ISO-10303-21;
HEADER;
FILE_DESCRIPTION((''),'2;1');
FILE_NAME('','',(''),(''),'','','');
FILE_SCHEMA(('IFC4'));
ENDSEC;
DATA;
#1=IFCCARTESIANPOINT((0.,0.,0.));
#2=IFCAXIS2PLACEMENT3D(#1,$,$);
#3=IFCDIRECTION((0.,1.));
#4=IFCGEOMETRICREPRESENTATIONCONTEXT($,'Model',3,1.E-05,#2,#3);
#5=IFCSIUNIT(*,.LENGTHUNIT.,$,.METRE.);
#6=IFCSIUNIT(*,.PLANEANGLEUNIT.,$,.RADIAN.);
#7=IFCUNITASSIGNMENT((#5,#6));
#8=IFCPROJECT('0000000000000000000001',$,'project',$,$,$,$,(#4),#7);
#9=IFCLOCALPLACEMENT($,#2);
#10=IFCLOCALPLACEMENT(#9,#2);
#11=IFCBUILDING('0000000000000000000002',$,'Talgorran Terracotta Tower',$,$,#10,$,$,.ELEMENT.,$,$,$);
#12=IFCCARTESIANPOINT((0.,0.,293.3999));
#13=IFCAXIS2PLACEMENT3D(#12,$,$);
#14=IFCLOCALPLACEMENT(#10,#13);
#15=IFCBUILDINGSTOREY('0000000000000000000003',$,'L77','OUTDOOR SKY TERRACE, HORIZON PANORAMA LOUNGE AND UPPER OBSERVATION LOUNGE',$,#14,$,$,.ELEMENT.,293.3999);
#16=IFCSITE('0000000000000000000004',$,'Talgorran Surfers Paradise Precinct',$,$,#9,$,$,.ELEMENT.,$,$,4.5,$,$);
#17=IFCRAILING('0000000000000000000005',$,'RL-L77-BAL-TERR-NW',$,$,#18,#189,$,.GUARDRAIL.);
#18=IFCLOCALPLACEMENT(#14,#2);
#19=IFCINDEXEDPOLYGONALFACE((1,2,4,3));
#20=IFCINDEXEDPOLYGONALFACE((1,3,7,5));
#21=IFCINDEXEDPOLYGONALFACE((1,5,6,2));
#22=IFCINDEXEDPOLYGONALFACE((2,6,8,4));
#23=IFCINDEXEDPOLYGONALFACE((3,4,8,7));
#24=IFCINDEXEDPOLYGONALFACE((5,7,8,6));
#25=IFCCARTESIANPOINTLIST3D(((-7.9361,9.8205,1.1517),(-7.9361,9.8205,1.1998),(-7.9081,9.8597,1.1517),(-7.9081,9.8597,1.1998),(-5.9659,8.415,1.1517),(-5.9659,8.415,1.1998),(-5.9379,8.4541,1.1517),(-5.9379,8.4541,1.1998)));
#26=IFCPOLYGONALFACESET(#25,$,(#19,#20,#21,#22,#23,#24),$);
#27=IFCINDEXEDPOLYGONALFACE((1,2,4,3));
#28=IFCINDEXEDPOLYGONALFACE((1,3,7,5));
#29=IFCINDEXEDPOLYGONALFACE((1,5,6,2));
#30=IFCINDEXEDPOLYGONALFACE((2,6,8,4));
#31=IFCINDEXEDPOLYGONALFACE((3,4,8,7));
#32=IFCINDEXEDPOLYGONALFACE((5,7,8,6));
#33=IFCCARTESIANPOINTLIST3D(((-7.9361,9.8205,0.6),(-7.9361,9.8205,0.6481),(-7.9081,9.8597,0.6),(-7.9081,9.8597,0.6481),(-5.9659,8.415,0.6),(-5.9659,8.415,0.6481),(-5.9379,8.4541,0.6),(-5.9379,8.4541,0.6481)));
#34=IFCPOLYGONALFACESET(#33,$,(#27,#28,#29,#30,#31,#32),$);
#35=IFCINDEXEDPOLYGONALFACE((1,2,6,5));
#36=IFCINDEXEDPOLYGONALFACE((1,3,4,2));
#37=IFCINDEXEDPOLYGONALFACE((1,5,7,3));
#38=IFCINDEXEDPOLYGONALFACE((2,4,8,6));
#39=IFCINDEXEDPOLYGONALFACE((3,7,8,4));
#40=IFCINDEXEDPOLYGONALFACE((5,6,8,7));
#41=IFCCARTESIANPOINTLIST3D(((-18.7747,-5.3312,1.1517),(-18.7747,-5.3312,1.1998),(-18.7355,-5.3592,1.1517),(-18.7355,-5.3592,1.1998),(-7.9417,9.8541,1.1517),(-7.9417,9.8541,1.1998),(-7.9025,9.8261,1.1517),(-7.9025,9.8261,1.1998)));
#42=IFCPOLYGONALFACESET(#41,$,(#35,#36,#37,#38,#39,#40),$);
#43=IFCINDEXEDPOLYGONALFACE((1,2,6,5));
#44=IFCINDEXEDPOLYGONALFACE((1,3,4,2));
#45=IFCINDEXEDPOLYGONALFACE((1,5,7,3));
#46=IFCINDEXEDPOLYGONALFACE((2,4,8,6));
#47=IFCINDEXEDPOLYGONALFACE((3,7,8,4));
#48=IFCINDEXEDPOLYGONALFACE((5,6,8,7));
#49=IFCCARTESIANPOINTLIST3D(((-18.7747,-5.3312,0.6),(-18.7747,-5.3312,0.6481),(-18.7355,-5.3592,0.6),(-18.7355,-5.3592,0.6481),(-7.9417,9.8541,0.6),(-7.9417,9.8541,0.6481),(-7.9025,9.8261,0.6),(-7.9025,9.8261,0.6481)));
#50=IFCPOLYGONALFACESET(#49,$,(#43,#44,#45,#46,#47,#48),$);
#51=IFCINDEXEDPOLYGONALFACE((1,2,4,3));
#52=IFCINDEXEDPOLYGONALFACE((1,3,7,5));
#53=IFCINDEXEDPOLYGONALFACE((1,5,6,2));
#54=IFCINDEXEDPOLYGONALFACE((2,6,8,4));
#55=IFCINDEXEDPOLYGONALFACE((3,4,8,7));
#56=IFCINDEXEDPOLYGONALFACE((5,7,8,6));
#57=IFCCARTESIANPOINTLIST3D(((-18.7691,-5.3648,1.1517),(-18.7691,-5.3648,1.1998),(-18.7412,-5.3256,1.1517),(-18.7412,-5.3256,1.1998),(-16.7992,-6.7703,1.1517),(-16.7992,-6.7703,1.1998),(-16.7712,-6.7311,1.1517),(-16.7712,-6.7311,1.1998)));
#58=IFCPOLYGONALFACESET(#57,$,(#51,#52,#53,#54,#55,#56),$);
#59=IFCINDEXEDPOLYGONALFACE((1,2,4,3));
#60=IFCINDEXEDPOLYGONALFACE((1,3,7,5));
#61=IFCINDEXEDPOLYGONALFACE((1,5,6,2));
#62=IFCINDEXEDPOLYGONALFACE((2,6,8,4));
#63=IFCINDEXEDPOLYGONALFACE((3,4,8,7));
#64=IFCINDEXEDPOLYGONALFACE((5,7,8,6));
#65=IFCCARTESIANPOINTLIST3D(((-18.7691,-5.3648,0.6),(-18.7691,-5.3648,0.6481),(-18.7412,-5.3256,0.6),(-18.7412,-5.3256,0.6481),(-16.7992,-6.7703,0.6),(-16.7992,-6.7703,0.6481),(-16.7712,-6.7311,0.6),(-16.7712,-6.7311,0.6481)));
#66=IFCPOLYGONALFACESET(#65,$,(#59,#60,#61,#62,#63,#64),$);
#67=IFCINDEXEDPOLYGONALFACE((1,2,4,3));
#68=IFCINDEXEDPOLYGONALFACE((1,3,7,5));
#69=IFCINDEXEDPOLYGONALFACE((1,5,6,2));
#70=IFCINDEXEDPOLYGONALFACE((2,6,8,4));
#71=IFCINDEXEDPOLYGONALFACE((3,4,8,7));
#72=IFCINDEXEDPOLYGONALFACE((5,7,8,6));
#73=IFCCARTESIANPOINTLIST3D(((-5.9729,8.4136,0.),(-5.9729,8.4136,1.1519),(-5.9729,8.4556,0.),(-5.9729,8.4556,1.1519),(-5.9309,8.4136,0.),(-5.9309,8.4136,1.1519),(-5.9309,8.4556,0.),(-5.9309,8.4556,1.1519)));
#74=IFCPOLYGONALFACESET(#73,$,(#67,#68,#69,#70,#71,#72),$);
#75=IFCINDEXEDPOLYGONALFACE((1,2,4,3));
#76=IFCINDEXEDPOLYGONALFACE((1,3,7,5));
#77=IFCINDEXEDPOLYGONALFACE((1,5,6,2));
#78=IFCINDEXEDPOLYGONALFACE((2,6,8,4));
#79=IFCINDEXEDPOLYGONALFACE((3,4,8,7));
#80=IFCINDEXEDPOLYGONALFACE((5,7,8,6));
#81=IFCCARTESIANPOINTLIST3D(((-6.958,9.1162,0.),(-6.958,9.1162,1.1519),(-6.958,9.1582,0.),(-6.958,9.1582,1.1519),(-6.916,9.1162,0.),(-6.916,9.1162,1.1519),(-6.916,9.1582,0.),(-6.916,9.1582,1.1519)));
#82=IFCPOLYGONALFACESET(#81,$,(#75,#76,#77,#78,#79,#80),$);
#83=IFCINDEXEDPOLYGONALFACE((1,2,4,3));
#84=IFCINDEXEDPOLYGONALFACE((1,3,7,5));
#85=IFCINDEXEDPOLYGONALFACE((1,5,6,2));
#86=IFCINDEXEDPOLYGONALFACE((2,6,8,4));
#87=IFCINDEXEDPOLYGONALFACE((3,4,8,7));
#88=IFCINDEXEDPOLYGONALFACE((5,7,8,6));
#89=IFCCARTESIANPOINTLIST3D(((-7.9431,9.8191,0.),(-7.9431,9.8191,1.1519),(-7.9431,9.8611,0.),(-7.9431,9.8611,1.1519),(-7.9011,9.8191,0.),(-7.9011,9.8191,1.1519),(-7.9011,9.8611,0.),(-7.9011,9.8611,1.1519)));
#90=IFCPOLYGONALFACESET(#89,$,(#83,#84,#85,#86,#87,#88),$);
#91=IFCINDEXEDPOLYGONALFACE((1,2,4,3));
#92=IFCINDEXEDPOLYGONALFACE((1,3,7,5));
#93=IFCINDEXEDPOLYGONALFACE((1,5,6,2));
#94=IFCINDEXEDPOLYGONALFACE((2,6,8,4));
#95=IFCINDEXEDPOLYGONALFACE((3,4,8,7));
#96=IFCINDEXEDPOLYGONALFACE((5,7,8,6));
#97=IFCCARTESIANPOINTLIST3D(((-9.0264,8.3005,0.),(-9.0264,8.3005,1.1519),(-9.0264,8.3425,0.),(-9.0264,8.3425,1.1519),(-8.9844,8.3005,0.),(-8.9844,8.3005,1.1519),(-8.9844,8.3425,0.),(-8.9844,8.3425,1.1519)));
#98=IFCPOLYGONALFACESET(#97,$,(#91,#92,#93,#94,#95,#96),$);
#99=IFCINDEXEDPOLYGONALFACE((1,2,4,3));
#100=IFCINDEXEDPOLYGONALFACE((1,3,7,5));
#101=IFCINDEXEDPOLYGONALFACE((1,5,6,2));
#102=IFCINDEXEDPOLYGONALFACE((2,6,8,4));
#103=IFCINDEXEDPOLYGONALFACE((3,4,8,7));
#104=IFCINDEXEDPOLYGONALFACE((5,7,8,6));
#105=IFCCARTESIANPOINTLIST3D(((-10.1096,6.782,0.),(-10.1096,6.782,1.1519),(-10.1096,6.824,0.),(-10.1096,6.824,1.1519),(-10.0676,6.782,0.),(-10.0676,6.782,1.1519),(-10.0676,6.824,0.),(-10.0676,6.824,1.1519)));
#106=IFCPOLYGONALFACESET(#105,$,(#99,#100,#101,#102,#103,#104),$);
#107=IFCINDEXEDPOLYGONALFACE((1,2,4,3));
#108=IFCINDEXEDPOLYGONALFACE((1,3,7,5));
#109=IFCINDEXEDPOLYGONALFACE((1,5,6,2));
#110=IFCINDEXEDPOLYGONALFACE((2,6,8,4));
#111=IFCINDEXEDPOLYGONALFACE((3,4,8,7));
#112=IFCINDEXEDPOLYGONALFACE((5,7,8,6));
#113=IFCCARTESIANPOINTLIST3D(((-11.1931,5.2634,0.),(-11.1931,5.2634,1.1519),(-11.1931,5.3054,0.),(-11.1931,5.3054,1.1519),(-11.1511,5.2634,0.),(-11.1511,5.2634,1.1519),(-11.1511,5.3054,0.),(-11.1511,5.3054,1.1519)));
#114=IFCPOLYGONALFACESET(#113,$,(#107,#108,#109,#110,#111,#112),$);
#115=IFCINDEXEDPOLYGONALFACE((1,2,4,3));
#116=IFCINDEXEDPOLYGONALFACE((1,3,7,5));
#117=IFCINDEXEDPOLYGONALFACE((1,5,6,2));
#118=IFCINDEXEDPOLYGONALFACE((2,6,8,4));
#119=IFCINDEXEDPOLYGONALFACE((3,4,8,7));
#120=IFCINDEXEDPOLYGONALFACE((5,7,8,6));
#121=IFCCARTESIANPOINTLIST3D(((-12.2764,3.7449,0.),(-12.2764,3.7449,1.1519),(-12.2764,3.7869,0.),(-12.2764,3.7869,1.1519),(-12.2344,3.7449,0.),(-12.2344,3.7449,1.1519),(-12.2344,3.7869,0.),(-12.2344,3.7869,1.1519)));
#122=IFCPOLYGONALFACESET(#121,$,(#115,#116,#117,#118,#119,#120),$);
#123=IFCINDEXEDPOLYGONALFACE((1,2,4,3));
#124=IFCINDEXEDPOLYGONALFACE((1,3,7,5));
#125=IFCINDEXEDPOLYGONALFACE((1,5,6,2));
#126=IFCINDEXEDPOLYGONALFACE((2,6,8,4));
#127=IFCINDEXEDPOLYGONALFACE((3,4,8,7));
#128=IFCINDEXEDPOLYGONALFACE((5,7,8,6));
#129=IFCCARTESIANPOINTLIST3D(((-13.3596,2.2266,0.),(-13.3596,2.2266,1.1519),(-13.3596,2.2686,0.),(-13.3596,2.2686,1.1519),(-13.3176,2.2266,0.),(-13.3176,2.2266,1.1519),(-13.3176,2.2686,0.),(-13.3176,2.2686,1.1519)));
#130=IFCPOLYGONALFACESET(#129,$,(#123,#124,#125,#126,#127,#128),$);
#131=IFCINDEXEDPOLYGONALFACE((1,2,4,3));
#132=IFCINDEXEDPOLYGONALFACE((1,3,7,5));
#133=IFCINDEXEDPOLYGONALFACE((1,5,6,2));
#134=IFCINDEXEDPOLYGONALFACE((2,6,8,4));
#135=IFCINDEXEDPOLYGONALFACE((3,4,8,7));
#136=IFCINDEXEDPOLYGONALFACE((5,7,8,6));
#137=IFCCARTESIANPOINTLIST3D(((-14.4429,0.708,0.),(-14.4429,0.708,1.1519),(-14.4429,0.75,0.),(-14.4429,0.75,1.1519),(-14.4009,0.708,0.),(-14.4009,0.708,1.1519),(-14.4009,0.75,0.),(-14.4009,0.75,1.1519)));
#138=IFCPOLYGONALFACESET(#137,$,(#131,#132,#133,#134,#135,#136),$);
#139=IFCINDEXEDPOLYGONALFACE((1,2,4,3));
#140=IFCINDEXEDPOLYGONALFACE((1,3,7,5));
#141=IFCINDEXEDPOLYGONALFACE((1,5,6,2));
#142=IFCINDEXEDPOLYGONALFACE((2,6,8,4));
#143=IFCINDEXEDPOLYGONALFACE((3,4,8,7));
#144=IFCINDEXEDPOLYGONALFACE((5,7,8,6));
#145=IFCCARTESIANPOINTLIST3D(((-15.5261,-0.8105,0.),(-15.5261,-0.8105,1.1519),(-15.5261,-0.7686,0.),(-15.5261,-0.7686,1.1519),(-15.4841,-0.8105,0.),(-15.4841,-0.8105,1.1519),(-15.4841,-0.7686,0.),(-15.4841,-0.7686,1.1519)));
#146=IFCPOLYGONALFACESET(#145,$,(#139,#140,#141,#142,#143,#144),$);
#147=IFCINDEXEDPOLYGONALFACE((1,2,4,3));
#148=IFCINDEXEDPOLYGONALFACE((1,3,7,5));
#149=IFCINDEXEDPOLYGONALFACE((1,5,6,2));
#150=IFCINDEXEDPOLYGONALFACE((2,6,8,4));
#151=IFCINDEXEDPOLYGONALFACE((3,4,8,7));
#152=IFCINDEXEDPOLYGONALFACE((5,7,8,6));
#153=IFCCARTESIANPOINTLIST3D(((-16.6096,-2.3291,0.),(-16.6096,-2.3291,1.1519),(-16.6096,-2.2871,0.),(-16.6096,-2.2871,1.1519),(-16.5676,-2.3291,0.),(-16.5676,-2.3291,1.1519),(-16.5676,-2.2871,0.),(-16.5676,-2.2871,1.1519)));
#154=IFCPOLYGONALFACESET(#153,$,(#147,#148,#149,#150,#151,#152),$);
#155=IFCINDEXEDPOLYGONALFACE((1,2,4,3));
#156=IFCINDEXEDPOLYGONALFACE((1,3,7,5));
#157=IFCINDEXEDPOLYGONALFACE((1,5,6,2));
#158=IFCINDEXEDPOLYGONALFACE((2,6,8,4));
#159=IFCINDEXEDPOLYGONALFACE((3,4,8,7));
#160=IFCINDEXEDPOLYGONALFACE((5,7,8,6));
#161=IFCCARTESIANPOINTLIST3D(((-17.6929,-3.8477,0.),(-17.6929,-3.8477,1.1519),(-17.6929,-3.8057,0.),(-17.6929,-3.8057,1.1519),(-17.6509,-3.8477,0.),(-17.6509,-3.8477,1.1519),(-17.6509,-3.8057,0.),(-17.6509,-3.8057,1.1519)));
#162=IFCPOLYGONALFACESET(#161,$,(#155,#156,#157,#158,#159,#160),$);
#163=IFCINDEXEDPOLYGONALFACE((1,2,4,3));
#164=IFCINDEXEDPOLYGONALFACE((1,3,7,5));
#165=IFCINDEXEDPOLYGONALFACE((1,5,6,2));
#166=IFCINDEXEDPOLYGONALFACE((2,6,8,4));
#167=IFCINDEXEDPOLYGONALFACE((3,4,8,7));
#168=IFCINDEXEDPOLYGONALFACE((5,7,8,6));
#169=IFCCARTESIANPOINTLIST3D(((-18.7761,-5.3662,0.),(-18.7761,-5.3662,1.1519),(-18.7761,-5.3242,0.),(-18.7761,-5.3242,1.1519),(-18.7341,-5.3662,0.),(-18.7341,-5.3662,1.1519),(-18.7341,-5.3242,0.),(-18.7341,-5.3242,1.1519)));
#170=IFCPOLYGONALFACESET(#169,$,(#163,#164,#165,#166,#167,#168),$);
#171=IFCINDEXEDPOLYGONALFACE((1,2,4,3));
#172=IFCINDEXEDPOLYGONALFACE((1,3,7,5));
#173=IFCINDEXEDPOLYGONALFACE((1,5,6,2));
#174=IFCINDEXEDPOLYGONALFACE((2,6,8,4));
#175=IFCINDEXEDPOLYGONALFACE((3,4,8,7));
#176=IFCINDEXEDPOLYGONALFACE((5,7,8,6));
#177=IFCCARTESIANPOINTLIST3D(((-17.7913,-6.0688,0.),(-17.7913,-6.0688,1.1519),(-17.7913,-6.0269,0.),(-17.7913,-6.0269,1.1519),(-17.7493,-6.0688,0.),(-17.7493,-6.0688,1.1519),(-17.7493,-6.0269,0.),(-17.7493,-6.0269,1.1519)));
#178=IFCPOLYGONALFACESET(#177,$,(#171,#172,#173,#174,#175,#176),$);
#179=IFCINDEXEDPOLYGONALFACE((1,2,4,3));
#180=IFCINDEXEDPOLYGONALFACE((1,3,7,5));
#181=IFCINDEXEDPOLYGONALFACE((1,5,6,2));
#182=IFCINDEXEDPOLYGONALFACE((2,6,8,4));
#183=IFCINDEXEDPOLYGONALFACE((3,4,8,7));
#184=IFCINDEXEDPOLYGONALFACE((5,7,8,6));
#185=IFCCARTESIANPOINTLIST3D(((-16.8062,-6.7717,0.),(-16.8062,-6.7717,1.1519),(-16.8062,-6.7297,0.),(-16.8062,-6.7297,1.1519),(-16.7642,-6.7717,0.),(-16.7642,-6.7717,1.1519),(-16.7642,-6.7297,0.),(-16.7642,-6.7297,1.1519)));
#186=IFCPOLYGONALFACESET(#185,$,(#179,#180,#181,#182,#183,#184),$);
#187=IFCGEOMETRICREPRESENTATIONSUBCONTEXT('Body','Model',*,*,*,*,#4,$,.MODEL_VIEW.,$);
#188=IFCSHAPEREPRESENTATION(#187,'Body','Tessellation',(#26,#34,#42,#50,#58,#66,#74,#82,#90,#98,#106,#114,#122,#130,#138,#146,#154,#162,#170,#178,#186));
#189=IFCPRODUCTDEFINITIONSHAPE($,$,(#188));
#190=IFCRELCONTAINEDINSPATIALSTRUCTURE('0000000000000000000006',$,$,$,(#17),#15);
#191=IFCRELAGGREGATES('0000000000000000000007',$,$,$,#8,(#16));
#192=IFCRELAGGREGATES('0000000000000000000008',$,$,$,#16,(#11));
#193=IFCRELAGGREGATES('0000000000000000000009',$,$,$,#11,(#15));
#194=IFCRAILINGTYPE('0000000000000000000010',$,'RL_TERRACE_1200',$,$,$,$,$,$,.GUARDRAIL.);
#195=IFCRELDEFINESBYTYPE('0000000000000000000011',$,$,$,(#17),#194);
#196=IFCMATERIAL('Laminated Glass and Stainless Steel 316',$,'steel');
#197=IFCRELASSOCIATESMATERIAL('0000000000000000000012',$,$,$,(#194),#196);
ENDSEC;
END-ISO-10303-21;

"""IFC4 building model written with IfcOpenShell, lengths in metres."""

from ifc_helpers import new_model, si_unit, direction, frame, origin, origin_2d, place, context, subcontext, project, spatial, rectangle, extrude, material, type_object, element, save


model = new_model("IFC4")

# Units and contexts
model_context = context("Model", 3, precision=1e-05, world=origin(), true_north=direction((0.0, 1.0)))
body_context = subcontext(model_context, "Body", "Model", "MODEL_VIEW")
ifc_project = project(units=[si_unit("LENGTHUNIT", "METRE"), si_unit("PLANEANGLEUNIT", "RADIAN")], contexts=[model_context])

# Site, building, storey
site_placement = place(None, origin())
site = spatial("IfcSite", under=ifc_project, at=site_placement, Name="Talgorran Surfers Paradise Precinct", CompositionType="ELEMENT", RefElevation=4.5)
building_placement = place(site_placement, origin())
building = spatial("IfcBuilding", under=site, at=building_placement, Name="Talgorran Terracotta Tower", CompositionType="ELEMENT")
storey_placement = place(building_placement, frame((0.0, 0.0, 293.3999)))
storey = spatial("IfcBuildingStorey", under=building, at=storey_placement, Name="L77", Description="OUTDOOR SKY TERRACE, HORIZON PANORAMA LOUNGE AND UPPER OBSERVATION LOUNGE", CompositionType="ELEMENT", Elevation=293.3999)

# Railing
ifc_material_1 = material(Name="Laminated Glass and Stainless Steel 316", Category="steel")
railing_type = type_object("IfcRailingType", Name="RL_TERRACE_1200", PredefinedType="GUARDRAIL", material=ifc_material_1)
railing_placement = place(storey_placement, frame((-5.9519, 8.4346, 0.0)))
element("IfcRailing", 1, at=railing_placement, inside=storey, type_object=railing_type, Name="RL-L77-BAL-TERR-NW", PredefinedType="GUARDRAIL", context=body_context, shape_type="SweptSolid", body=[
    extrude(rectangle(XDim=0.0481, YDim=0.0481, at=origin_2d()), frame((0.0, 0.0, 1.1758), z_axis=(-0.814081, 0.580751, 0.0), x_axis=(-0.580751, -0.814081, 0.0)), (0.0, 0.0, 1.0), 2.4202),
    extrude(rectangle(XDim=0.0481, YDim=0.0481, at=origin_2d()), frame((0.0, 0.0, 0.624), z_axis=(-0.814081, 0.580751, 0.0), x_axis=(-0.580751, -0.814081, 0.0)), (0.0, 0.0, 1.0), 2.4202),
    extrude(rectangle(XDim=0.0481, YDim=0.0481, at=origin_2d()), frame((-1.9702, 1.4055, 1.1758), z_axis=(-0.580754, -0.814079, 0.0), x_axis=(0.814079, -0.580754, 0.0)), (0.0, 0.0, 1.0), 18.6533),
    extrude(rectangle(XDim=0.0481, YDim=0.0481, at=origin_2d()), frame((-1.9702, 1.4055, 0.624), z_axis=(-0.580754, -0.814079, 0.0), x_axis=(0.814079, -0.580754, 0.0)), (0.0, 0.0, 1.0), 18.6533),
    extrude(rectangle(XDim=0.0481, YDim=0.0481, at=origin_2d()), frame((-12.8032, -13.7798, 1.1758), z_axis=(0.814047, -0.580799, 0.0), x_axis=(0.580799, 0.814047, 0.0)), (0.0, 0.0, 1.0), 2.4199),
    extrude(rectangle(XDim=0.0481, YDim=0.0481, at=origin_2d()), frame((-12.8032, -13.7798, 0.624), z_axis=(0.814047, -0.580799, 0.0), x_axis=(0.580799, 0.814047, 0.0)), (0.0, 0.0, 1.0), 2.4199),
    extrude(rectangle(XDim=0.042, YDim=0.042, at=origin_2d()), origin(), (0.0, 0.0, 1.0), 1.1519),
    extrude(rectangle(XDim=0.042, YDim=0.042, at=origin_2d()), frame((-0.9851, 0.7026, 0.0)), (0.0, 0.0, 1.0), 1.1519),
    extrude(rectangle(XDim=0.042, YDim=0.042, at=origin_2d()), frame((-1.9702, 1.4055, 0.0)), (0.0, 0.0, 1.0), 1.1519),
    extrude(rectangle(XDim=0.042, YDim=0.042, at=origin_2d()), frame((-3.0535, -0.113, 0.0)), (0.0, 0.0, 1.0), 1.1519),
    extrude(rectangle(XDim=0.042, YDim=0.042, at=origin_2d()), frame((-4.1367, -1.6316, 0.0)), (0.0, 0.0, 1.0), 1.1519),
    extrude(rectangle(XDim=0.042, YDim=0.042, at=origin_2d()), frame((-5.2202, -3.1501, 0.0)), (0.0, 0.0, 1.0), 1.1519),
    extrude(rectangle(XDim=0.042, YDim=0.042, at=origin_2d()), frame((-6.3035, -4.6687, 0.0)), (0.0, 0.0, 1.0), 1.1519),
    extrude(rectangle(XDim=0.042, YDim=0.042, at=origin_2d()), frame((-7.3867, -6.187, 0.0)), (0.0, 0.0, 1.0), 1.1519),
    extrude(rectangle(XDim=0.042, YDim=0.042, at=origin_2d()), frame((-8.47, -7.7056, 0.0)), (0.0, 0.0, 1.0), 1.1519),
    extrude(rectangle(XDim=0.042, YDim=0.042, at=origin_2d()), frame((-9.5532, -9.2241, 0.0)), (0.0, 0.0, 1.0), 1.1519),
    extrude(rectangle(XDim=0.042, YDim=0.042, at=origin_2d()), frame((-10.6367, -10.7427, 0.0)), (0.0, 0.0, 1.0), 1.1519),
    extrude(rectangle(XDim=0.042, YDim=0.042, at=origin_2d()), frame((-11.72, -12.2612, 0.0)), (0.0, 0.0, 1.0), 1.1519),
    extrude(rectangle(XDim=0.042, YDim=0.042, at=origin_2d()), frame((-12.8032, -13.7798, 0.0)), (0.0, 0.0, 1.0), 1.1519),
    extrude(rectangle(XDim=0.042, YDim=0.042, at=origin_2d()), frame((-11.8184, -14.4824, 0.0)), (0.0, 0.0, 1.0), 1.1519),
    extrude(rectangle(XDim=0.042, YDim=0.042, at=origin_2d()), frame((-10.8333, -15.1853, 0.0)), (0.0, 0.0, 1.0), 1.1519),
])

save(model, "model.ifc")
